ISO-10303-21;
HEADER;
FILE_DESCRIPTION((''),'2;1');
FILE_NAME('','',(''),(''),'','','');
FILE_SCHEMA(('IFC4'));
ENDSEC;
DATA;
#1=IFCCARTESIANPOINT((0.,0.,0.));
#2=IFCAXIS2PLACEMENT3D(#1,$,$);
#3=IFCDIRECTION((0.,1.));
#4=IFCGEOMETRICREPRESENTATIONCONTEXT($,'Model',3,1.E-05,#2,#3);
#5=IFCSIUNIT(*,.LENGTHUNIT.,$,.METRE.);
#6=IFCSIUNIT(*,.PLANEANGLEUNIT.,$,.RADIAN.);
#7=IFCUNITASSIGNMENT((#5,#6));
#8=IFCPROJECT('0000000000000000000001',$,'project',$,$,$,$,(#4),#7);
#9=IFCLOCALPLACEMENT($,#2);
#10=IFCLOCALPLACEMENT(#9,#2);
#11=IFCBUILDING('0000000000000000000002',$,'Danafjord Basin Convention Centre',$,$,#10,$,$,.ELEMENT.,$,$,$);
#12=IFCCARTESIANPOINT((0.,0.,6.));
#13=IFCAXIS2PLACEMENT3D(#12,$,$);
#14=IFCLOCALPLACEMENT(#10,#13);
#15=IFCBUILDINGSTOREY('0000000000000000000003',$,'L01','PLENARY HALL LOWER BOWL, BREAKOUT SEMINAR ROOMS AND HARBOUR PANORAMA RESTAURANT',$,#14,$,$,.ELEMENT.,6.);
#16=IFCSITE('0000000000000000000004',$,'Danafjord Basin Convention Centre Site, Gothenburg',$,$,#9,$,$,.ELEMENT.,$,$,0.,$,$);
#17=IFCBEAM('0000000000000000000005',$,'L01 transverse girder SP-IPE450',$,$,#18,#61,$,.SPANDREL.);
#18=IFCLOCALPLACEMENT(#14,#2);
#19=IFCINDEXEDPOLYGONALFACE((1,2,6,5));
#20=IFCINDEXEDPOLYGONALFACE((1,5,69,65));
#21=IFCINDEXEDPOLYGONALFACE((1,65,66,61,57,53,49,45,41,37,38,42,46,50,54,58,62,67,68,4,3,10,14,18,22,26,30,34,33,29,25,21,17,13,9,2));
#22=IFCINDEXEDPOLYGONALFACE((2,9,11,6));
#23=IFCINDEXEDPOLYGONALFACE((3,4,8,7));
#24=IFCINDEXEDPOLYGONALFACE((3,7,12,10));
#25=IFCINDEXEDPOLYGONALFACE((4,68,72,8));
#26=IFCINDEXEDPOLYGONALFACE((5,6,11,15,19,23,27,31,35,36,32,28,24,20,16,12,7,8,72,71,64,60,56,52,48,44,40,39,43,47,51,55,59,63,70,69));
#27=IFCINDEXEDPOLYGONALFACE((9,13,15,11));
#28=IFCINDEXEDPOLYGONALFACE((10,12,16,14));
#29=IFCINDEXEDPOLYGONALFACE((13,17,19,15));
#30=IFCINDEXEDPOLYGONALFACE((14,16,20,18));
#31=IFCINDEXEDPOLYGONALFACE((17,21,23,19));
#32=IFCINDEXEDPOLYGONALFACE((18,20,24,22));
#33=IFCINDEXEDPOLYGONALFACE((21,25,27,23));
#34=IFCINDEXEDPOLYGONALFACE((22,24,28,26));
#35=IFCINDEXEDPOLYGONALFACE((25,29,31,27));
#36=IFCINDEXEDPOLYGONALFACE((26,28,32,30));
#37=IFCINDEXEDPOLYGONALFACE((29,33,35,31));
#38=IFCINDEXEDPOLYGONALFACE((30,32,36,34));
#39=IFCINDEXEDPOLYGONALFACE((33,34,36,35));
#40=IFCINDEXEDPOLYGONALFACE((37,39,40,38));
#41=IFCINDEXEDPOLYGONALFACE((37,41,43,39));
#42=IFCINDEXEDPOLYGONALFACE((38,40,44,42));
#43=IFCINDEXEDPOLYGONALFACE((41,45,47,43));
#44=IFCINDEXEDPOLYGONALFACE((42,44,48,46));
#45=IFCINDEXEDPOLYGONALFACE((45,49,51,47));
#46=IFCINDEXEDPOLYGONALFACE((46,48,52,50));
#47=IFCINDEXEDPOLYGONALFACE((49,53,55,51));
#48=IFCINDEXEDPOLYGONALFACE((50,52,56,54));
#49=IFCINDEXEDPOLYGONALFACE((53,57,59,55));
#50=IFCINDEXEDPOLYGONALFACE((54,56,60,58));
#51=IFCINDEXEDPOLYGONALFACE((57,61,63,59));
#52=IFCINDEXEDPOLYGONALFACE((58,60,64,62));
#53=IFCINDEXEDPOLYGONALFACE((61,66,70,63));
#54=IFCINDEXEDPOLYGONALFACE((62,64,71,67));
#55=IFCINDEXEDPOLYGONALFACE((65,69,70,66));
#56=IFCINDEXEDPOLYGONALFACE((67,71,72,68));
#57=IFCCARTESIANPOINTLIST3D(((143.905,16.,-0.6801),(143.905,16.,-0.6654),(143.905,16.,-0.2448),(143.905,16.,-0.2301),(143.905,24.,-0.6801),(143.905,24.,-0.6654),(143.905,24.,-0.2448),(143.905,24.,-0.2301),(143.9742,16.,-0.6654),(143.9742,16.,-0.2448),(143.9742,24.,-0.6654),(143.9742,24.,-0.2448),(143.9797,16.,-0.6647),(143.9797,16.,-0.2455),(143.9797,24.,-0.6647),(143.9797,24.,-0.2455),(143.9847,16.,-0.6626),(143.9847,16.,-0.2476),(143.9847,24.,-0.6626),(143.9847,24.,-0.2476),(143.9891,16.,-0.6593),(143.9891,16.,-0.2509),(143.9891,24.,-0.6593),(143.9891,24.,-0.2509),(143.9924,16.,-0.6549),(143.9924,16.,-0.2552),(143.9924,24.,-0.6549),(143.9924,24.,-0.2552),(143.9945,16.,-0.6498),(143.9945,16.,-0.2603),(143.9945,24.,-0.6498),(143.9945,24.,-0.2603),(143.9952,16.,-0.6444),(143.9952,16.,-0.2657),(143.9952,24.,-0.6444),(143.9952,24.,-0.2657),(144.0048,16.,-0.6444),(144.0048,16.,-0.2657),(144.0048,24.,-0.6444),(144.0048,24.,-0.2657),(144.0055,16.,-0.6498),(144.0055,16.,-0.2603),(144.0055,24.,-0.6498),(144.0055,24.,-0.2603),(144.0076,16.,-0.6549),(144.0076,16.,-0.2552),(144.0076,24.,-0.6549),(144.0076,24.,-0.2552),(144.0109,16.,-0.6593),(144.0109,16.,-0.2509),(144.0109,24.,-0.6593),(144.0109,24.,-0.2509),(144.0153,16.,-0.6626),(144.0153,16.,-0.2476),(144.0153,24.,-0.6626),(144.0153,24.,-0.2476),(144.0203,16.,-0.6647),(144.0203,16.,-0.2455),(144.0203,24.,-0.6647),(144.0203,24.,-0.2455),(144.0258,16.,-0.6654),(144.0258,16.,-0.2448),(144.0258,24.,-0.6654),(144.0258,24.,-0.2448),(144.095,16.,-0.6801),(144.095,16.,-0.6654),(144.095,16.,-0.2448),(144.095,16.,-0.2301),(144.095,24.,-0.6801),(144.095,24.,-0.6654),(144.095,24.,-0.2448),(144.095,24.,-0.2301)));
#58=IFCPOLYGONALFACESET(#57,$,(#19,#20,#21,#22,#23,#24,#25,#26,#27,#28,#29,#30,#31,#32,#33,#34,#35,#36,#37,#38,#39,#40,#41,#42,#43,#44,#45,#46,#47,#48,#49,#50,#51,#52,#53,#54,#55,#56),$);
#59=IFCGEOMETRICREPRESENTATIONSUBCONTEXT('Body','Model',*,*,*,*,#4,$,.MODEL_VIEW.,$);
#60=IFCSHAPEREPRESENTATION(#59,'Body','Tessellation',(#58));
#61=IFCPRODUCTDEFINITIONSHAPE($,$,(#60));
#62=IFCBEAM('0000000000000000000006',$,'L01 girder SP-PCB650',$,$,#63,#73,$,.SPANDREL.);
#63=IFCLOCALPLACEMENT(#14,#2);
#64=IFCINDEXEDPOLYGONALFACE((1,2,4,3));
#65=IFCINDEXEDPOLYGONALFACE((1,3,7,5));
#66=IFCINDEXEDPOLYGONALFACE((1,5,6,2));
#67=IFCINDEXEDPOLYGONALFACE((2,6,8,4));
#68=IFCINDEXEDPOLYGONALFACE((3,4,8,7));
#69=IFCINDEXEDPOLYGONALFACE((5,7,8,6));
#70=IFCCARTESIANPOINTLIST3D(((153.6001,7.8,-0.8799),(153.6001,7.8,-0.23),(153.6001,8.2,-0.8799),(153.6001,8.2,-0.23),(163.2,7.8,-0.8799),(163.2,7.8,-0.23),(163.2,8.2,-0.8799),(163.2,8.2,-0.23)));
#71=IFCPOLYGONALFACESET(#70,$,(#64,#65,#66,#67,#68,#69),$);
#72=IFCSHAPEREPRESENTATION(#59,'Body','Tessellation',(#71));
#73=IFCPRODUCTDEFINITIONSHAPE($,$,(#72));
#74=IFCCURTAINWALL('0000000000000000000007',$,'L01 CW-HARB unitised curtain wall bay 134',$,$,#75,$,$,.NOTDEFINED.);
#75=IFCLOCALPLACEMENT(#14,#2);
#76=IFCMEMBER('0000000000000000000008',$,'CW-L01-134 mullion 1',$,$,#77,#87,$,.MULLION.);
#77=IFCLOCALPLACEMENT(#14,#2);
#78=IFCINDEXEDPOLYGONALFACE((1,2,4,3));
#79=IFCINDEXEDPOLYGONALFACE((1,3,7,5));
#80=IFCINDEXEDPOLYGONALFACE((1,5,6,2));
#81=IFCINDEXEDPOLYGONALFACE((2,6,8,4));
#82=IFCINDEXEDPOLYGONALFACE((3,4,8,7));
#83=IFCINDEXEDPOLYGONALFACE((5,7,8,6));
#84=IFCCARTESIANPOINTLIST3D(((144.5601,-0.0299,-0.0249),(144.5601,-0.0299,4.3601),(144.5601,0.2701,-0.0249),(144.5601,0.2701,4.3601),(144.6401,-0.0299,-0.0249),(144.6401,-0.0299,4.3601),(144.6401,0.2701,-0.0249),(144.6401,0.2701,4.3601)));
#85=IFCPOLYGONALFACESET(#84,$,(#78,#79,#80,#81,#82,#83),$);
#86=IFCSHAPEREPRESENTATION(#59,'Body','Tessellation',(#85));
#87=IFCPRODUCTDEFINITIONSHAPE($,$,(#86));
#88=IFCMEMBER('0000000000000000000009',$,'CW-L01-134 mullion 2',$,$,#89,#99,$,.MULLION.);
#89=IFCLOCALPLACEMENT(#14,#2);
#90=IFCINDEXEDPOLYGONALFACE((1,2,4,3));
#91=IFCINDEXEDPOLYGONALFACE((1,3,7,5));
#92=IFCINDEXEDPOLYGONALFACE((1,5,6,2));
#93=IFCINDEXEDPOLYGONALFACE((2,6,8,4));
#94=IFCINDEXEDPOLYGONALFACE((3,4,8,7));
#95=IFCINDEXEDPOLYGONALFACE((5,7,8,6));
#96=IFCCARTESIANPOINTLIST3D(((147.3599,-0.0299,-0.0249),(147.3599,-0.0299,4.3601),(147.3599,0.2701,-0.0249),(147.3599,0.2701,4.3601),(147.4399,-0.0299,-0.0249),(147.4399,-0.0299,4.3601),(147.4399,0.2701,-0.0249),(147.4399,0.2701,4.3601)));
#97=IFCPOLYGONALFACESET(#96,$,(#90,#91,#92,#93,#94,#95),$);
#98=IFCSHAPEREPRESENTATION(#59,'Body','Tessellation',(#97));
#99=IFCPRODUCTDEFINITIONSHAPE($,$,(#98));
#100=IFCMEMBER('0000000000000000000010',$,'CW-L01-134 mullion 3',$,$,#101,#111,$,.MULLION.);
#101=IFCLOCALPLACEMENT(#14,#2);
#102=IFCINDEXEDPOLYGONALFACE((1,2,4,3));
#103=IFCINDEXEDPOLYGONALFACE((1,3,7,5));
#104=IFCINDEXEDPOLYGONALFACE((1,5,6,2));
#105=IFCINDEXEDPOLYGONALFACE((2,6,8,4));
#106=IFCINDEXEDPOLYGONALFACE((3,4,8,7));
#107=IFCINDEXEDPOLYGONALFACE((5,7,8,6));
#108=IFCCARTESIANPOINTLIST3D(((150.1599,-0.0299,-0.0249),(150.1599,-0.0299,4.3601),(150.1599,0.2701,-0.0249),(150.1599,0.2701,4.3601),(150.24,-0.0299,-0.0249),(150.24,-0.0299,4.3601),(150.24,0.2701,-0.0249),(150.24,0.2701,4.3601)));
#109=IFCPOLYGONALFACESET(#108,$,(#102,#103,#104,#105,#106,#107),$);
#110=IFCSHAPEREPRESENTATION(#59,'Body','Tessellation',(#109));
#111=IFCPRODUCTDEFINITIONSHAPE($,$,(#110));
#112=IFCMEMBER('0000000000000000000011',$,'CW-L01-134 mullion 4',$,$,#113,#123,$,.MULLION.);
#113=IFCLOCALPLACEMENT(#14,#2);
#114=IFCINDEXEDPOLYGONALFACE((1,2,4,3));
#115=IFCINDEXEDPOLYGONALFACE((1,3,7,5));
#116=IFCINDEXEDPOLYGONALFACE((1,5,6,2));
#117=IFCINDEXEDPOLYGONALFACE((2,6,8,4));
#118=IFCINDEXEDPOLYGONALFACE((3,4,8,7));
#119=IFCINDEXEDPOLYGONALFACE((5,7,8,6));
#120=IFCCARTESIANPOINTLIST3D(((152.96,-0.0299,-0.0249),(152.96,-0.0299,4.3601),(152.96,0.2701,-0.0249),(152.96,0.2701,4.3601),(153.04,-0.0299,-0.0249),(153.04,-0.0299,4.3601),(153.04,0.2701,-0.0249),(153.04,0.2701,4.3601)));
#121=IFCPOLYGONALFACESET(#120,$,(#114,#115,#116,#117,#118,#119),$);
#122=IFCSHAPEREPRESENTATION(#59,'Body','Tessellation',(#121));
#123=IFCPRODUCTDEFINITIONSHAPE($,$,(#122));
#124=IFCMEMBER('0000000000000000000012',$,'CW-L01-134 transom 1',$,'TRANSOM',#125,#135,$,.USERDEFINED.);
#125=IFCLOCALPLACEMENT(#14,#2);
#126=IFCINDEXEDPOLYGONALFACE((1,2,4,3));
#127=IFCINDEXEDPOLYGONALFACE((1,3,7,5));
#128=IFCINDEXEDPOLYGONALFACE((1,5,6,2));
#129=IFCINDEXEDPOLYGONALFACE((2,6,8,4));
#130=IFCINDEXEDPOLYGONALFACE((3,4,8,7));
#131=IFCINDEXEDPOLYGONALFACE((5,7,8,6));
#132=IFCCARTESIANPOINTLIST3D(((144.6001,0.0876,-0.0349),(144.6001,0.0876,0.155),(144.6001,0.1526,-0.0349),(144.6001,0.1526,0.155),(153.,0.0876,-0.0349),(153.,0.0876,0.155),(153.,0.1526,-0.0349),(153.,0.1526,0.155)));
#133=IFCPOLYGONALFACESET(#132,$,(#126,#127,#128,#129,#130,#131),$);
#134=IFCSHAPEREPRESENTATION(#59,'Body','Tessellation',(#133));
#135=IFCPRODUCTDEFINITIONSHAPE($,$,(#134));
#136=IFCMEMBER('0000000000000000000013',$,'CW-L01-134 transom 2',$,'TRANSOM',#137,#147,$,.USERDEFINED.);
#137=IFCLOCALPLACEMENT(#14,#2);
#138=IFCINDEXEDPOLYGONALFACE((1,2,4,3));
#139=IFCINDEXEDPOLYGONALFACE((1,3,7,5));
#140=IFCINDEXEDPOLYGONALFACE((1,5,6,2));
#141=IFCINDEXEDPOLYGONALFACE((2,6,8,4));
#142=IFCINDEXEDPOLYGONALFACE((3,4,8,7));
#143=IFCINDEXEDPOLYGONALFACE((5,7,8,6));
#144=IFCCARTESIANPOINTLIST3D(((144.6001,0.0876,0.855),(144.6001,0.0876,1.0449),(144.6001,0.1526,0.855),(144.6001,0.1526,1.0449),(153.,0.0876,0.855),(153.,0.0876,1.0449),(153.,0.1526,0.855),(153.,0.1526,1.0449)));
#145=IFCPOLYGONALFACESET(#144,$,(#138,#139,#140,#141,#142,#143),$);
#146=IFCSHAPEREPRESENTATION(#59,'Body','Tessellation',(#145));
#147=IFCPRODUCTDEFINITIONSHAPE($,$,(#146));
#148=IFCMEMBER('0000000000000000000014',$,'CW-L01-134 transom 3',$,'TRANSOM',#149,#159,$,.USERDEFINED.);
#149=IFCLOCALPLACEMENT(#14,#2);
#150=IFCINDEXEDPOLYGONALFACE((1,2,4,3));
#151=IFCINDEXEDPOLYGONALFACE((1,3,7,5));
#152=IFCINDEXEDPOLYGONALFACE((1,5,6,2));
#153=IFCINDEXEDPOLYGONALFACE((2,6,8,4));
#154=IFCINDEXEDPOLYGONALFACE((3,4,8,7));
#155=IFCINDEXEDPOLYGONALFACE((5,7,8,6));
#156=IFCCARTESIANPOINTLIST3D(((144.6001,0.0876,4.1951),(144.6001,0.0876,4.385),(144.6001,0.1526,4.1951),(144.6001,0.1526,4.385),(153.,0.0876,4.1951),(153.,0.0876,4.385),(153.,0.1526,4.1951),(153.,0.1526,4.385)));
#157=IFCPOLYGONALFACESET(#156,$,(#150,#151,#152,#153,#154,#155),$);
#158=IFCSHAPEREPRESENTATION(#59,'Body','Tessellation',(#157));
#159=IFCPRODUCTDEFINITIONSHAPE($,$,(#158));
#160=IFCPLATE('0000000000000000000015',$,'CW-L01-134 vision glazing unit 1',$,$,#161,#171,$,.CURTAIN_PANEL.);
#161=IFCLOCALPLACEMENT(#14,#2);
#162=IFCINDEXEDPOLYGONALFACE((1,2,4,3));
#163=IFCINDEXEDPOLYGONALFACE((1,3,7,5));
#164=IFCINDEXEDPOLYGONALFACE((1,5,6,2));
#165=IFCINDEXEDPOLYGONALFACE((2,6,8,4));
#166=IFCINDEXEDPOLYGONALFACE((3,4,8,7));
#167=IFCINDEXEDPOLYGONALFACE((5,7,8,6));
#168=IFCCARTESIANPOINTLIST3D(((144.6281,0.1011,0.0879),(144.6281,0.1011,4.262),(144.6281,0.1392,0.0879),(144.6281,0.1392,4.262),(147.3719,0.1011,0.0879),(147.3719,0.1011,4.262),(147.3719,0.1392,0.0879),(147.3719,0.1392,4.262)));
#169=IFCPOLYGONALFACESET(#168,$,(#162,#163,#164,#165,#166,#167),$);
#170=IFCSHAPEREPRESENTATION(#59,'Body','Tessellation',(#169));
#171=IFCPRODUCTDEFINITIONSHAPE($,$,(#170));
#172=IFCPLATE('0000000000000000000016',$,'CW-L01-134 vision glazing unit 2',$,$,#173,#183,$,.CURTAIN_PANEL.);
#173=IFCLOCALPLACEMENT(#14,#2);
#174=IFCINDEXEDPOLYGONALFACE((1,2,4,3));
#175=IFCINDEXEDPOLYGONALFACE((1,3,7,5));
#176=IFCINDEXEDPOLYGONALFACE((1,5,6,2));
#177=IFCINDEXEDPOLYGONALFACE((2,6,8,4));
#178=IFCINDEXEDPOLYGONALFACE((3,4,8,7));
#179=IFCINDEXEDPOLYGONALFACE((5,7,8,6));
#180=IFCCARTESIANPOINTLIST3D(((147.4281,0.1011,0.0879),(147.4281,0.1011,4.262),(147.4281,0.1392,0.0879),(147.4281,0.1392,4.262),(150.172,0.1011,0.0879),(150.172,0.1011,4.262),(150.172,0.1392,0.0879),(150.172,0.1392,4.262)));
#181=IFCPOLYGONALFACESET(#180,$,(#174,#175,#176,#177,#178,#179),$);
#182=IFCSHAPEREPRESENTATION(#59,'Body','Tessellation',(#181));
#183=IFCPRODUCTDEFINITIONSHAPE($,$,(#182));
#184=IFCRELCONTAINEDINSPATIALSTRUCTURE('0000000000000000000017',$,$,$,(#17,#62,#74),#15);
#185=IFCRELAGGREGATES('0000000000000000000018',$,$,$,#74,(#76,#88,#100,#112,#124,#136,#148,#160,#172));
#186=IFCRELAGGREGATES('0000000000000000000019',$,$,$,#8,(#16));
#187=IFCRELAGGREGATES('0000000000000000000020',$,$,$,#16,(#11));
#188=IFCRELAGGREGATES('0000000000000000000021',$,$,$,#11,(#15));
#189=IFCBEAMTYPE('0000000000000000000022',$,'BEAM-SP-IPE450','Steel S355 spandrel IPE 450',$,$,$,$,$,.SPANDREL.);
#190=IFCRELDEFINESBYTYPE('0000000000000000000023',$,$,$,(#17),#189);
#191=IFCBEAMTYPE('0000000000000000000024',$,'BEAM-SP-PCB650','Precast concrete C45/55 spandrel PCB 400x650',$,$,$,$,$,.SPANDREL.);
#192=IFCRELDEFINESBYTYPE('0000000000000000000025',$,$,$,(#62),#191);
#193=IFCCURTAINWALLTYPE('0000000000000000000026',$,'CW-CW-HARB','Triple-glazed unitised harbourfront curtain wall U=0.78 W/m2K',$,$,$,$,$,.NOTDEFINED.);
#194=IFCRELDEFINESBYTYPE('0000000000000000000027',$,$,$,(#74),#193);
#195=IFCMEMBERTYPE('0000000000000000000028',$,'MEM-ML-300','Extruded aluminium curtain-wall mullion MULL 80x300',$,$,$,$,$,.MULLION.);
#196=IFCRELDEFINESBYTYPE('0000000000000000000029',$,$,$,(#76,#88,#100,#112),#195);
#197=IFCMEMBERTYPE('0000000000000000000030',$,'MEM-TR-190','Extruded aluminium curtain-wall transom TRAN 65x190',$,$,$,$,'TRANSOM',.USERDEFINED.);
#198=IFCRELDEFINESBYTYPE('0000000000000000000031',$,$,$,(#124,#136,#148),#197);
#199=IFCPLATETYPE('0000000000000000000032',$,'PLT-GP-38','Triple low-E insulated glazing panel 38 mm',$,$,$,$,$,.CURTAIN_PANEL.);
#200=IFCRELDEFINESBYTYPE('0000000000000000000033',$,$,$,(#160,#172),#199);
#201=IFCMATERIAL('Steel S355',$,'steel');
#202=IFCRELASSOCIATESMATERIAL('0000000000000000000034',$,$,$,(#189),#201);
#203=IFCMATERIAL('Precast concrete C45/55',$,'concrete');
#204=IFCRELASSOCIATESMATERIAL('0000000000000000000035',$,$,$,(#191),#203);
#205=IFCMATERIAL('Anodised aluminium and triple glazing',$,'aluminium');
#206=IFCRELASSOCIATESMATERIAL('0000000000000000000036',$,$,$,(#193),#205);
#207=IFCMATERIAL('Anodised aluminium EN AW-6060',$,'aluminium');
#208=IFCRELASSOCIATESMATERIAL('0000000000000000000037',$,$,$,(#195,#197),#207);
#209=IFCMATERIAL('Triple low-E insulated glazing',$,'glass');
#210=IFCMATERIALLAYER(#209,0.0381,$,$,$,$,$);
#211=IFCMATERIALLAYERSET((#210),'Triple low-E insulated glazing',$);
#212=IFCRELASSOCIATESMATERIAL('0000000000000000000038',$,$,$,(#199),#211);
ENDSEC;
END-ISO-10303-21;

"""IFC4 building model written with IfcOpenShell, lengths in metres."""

from ifc_helpers import new_model, si_unit, direction, frame, origin, origin_2d, place, context, subcontext, project, spatial, rectangle, i_section, extrude, material, layer, layer_set, material_profile, profile_set, type_object, element, aggregate, save


model = new_model("IFC4")

# Units and contexts
model_context = context("Model", 3, precision=1e-05, world=origin(), true_north=direction((0.0, 1.0)))
body_context = subcontext(model_context, "Body", "Model", "MODEL_VIEW")
ifc_project = project(units=[si_unit("LENGTHUNIT", "METRE"), si_unit("PLANEANGLEUNIT", "RADIAN")], contexts=[model_context])

# Site, building, storey
site_placement = place(None, origin())
site = spatial("IfcSite", under=ifc_project, at=site_placement, Name="Danafjord Basin Convention Centre Site, Gothenburg", CompositionType="ELEMENT", RefElevation=0.0)
building_placement = place(site_placement, origin())
building = spatial("IfcBuilding", under=site, at=building_placement, Name="Danafjord Basin Convention Centre", CompositionType="ELEMENT")
storey_placement = place(building_placement, frame((0.0, 0.0, 6.0)))
storey = spatial("IfcBuildingStorey", under=building, at=storey_placement, Name="L01", Description="PLENARY HALL LOWER BOWL, BREAKOUT SEMINAR ROOMS AND HARBOUR PANORAMA RESTAURANT", CompositionType="ELEMENT", Elevation=6.0)

# Shared definitions
ifc_material_1 = material(Name="Steel S355", Category="steel")

# Beams
ifc_material_profile_1 = material_profile(ifc_material_1, i_section(OverallWidth=0.1899, OverallDepth=0.45, WebThickness=0.0095, FlangeThickness=0.0146, FilletRadius=0.021, at=origin_2d()), Name="IPE 450")
ifc_profile_set_1 = profile_set([ifc_material_profile_1], Name="Steel S355")
beam_type_1 = type_object("IfcBeamType", Name="BEAM-SP-IPE450", Description="Steel S355 spandrel IPE 450", PredefinedType="SPANDREL", material=ifc_profile_set_1)
beam_1_placement = place(storey_placement, frame((144.0, 16.0, -0.4551), z_axis=(0.0, 1.0, 0.0), x_axis=(-1.0, 0.0, 0.0)))
element("IfcBeam", 1, at=beam_1_placement, inside=storey, type_object=beam_type_1, Name="L01 transverse girder SP-IPE450", PredefinedType="SPANDREL", context=body_context, shape_type="SweptSolid", body=[
    extrude(i_section(OverallWidth=0.1899, OverallDepth=0.45, WebThickness=0.0095, FlangeThickness=0.0146, FilletRadius=0.021, at=origin_2d()), origin(), (0.0, 0.0, 1.0), 8.0),
])
ifc_material_2 = material(Name="Precast concrete C45/55", Category="concrete")
ifc_material_profile_2 = material_profile(ifc_material_2, rectangle(XDim=0.3999, YDim=0.6499, at=origin_2d()), Name="PCB 400x650")
ifc_profile_set_2 = profile_set([ifc_material_profile_2], Name="Precast concrete C45/55")
beam_type_2 = type_object("IfcBeamType", Name="BEAM-SP-PCB650", Description="Precast concrete C45/55 spandrel PCB 400x650", PredefinedType="SPANDREL", material=ifc_profile_set_2)
beam_2_placement = place(storey_placement, frame((153.6001, 8.0, -0.5549), z_axis=(1.0, 0.0, 0.0), x_axis=(0.0, 1.0, 0.0)))
element("IfcBeam", 2, at=beam_2_placement, inside=storey, type_object=beam_type_2, Name="L01 girder SP-PCB650", PredefinedType="SPANDREL", context=body_context, shape_type="SweptSolid", body=[
    extrude(rectangle(XDim=0.3999, YDim=0.6499, at=origin_2d()), origin(), (0.0, 0.0, 1.0), 9.5999),
])

# Curtain wall, members, plates
ifc_material_3 = material(Name="Anodised aluminium and triple glazing", Category="aluminium")
curtain_wall_type = type_object("IfcCurtainWallType", Name="CW-CW-HARB", Description="Triple-glazed unitised harbourfront curtain wall U=0.78 W/m2K", PredefinedType="NOTDEFINED", material=ifc_material_3)
curtain_wall_placement = place(storey_placement, origin())
curtain_wall = element("IfcCurtainWall", 3, at=curtain_wall_placement, inside=storey, type_object=curtain_wall_type, Name="L01 CW-HARB unitised curtain wall bay 134", PredefinedType="NOTDEFINED")
ifc_material_4 = material(Name="Anodised aluminium EN AW-6060", Category="aluminium")
ifc_material_profile_3 = material_profile(ifc_material_4, rectangle(XDim=0.0801, YDim=0.3, at=origin_2d()), Name="MULL 80x300")
ifc_profile_set_3 = profile_set([ifc_material_profile_3], Name="Anodised aluminium EN AW-6060")
member_type_1 = type_object("IfcMemberType", Name="MEM-ML-300", Description="Extruded aluminium curtain-wall mullion MULL 80x300", PredefinedType="MULLION", material=ifc_profile_set_3)
member_1_placement = place(storey_placement, frame((144.6001, 0.1201, -0.0249), z_axis=(0.0, 0.0, 1.0), x_axis=(1.0, 0.0, 0.0)))
member_1 = element("IfcMember", 4, at=member_1_placement, type_object=member_type_1, Name="CW-L01-134 mullion 1", PredefinedType="MULLION", context=body_context, shape_type="SweptSolid", body=[
    extrude(rectangle(XDim=0.0801, YDim=0.3, at=origin_2d()), origin(), (0.0, 0.0, 1.0), 4.385),
])
member_2_placement = place(storey_placement, frame((147.3999, 0.1201, -0.0249), z_axis=(0.0, 0.0, 1.0), x_axis=(1.0, 0.0, 0.0)))
member_2 = element("IfcMember", 5, at=member_2_placement, type_object=member_type_1, Name="CW-L01-134 mullion 2", PredefinedType="MULLION", context=body_context, shape_type="SweptSolid", body=[
    extrude(rectangle(XDim=0.0801, YDim=0.3, at=origin_2d()), origin(), (0.0, 0.0, 1.0), 4.385),
])
member_3_placement = place(storey_placement, frame((150.2, 0.1201, -0.0249), z_axis=(0.0, 0.0, 1.0), x_axis=(1.0, 0.0, 0.0)))
member_3 = element("IfcMember", 6, at=member_3_placement, type_object=member_type_1, Name="CW-L01-134 mullion 3", PredefinedType="MULLION", context=body_context, shape_type="SweptSolid", body=[
    extrude(rectangle(XDim=0.0801, YDim=0.3, at=origin_2d()), origin(), (0.0, 0.0, 1.0), 4.385),
])
member_4_placement = place(storey_placement, frame((153.0, 0.1201, -0.0249), z_axis=(0.0, 0.0, 1.0), x_axis=(1.0, 0.0, 0.0)))
member_4 = element("IfcMember", 7, at=member_4_placement, type_object=member_type_1, Name="CW-L01-134 mullion 4", PredefinedType="MULLION", context=body_context, shape_type="SweptSolid", body=[
    extrude(rectangle(XDim=0.0801, YDim=0.3, at=origin_2d()), origin(), (0.0, 0.0, 1.0), 4.385),
])
ifc_material_profile_4 = material_profile(ifc_material_4, rectangle(XDim=0.0649, YDim=0.1899, at=origin_2d()), Name="TRAN 65x190")
ifc_profile_set_4 = profile_set([ifc_material_profile_4], Name="Anodised aluminium EN AW-6060")
member_type_2 = type_object("IfcMemberType", Name="MEM-TR-190", Description="Extruded aluminium curtain-wall transom TRAN 65x190", ElementType="TRANSOM", PredefinedType="USERDEFINED", material=ifc_profile_set_4)
member_5_placement = place(storey_placement, frame((144.6001, 0.1201, 0.0601), z_axis=(1.0, 0.0, 0.0), x_axis=(0.0, 1.0, 0.0)))
member_5 = element("IfcMember", 8, at=member_5_placement, type_object=member_type_2, Name="CW-L01-134 transom 1", ObjectType="TRANSOM", PredefinedType="USERDEFINED", context=body_context, shape_type="SweptSolid", body=[
    extrude(rectangle(XDim=0.0649, YDim=0.1899, at=origin_2d()), origin(), (0.0, 0.0, 1.0), 8.3999),
])
member_6_placement = place(storey_placement, frame((144.6001, 0.1201, 0.95), z_axis=(1.0, 0.0, 0.0), x_axis=(0.0, 1.0, 0.0)))
member_6 = element("IfcMember", 9, at=member_6_placement, type_object=member_type_2, Name="CW-L01-134 transom 2", ObjectType="TRANSOM", PredefinedType="USERDEFINED", context=body_context, shape_type="SweptSolid", body=[
    extrude(rectangle(XDim=0.0649, YDim=0.1899, at=origin_2d()), origin(), (0.0, 0.0, 1.0), 8.3999),
])
member_7_placement = place(storey_placement, frame((144.6001, 0.1201, 4.29), z_axis=(1.0, 0.0, 0.0), x_axis=(0.0, 1.0, 0.0)))
member_7 = element("IfcMember", 10, at=member_7_placement, type_object=member_type_2, Name="CW-L01-134 transom 3", ObjectType="TRANSOM", PredefinedType="USERDEFINED", context=body_context, shape_type="SweptSolid", body=[
    extrude(rectangle(XDim=0.0649, YDim=0.1899, at=origin_2d()), origin(), (0.0, 0.0, 1.0), 8.3999),
])
ifc_material_5 = material(Name="Triple low-E insulated glazing", Category="glass")
ifc_layer_1 = layer(ifc_material_5, 0.0381)
ifc_layer_set_1 = layer_set([ifc_layer_1], Name="Triple low-E insulated glazing")
plate_type = type_object("IfcPlateType", Name="PLT-GP-38", Description="Triple low-E insulated glazing panel 38 mm", PredefinedType="CURTAIN_PANEL", material=ifc_layer_set_1)
plate_1_placement = place(storey_placement, frame((146.0, 0.1201, 0.0879), z_axis=(0.0, 0.0, 1.0), x_axis=(1.0, 0.0, 0.0)))
plate_1 = element("IfcPlate", 11, at=plate_1_placement, type_object=plate_type, Name="CW-L01-134 vision glazing unit 1", PredefinedType="CURTAIN_PANEL", context=body_context, shape_type="SweptSolid", body=[
    extrude(rectangle(XDim=2.7439, YDim=0.0381, at=origin_2d()), origin(), (0.0, 0.0, 1.0), 4.1741),
])
plate_2_placement = place(storey_placement, frame((148.8, 0.1201, 0.0879), z_axis=(0.0, 0.0, 1.0), x_axis=(1.0, 0.0, 0.0)))
plate_2 = element("IfcPlate", 12, at=plate_2_placement, type_object=plate_type, Name="CW-L01-134 vision glazing unit 2", PredefinedType="CURTAIN_PANEL", context=body_context, shape_type="SweptSolid", body=[
    extrude(rectangle(XDim=2.7439, YDim=0.0381, at=origin_2d()), origin(), (0.0, 0.0, 1.0), 4.1741),
])
aggregate(curtain_wall, [member_1, member_2, member_3, member_4, member_5, member_6, member_7, plate_1, plate_2])

save(model, "model.ifc")
